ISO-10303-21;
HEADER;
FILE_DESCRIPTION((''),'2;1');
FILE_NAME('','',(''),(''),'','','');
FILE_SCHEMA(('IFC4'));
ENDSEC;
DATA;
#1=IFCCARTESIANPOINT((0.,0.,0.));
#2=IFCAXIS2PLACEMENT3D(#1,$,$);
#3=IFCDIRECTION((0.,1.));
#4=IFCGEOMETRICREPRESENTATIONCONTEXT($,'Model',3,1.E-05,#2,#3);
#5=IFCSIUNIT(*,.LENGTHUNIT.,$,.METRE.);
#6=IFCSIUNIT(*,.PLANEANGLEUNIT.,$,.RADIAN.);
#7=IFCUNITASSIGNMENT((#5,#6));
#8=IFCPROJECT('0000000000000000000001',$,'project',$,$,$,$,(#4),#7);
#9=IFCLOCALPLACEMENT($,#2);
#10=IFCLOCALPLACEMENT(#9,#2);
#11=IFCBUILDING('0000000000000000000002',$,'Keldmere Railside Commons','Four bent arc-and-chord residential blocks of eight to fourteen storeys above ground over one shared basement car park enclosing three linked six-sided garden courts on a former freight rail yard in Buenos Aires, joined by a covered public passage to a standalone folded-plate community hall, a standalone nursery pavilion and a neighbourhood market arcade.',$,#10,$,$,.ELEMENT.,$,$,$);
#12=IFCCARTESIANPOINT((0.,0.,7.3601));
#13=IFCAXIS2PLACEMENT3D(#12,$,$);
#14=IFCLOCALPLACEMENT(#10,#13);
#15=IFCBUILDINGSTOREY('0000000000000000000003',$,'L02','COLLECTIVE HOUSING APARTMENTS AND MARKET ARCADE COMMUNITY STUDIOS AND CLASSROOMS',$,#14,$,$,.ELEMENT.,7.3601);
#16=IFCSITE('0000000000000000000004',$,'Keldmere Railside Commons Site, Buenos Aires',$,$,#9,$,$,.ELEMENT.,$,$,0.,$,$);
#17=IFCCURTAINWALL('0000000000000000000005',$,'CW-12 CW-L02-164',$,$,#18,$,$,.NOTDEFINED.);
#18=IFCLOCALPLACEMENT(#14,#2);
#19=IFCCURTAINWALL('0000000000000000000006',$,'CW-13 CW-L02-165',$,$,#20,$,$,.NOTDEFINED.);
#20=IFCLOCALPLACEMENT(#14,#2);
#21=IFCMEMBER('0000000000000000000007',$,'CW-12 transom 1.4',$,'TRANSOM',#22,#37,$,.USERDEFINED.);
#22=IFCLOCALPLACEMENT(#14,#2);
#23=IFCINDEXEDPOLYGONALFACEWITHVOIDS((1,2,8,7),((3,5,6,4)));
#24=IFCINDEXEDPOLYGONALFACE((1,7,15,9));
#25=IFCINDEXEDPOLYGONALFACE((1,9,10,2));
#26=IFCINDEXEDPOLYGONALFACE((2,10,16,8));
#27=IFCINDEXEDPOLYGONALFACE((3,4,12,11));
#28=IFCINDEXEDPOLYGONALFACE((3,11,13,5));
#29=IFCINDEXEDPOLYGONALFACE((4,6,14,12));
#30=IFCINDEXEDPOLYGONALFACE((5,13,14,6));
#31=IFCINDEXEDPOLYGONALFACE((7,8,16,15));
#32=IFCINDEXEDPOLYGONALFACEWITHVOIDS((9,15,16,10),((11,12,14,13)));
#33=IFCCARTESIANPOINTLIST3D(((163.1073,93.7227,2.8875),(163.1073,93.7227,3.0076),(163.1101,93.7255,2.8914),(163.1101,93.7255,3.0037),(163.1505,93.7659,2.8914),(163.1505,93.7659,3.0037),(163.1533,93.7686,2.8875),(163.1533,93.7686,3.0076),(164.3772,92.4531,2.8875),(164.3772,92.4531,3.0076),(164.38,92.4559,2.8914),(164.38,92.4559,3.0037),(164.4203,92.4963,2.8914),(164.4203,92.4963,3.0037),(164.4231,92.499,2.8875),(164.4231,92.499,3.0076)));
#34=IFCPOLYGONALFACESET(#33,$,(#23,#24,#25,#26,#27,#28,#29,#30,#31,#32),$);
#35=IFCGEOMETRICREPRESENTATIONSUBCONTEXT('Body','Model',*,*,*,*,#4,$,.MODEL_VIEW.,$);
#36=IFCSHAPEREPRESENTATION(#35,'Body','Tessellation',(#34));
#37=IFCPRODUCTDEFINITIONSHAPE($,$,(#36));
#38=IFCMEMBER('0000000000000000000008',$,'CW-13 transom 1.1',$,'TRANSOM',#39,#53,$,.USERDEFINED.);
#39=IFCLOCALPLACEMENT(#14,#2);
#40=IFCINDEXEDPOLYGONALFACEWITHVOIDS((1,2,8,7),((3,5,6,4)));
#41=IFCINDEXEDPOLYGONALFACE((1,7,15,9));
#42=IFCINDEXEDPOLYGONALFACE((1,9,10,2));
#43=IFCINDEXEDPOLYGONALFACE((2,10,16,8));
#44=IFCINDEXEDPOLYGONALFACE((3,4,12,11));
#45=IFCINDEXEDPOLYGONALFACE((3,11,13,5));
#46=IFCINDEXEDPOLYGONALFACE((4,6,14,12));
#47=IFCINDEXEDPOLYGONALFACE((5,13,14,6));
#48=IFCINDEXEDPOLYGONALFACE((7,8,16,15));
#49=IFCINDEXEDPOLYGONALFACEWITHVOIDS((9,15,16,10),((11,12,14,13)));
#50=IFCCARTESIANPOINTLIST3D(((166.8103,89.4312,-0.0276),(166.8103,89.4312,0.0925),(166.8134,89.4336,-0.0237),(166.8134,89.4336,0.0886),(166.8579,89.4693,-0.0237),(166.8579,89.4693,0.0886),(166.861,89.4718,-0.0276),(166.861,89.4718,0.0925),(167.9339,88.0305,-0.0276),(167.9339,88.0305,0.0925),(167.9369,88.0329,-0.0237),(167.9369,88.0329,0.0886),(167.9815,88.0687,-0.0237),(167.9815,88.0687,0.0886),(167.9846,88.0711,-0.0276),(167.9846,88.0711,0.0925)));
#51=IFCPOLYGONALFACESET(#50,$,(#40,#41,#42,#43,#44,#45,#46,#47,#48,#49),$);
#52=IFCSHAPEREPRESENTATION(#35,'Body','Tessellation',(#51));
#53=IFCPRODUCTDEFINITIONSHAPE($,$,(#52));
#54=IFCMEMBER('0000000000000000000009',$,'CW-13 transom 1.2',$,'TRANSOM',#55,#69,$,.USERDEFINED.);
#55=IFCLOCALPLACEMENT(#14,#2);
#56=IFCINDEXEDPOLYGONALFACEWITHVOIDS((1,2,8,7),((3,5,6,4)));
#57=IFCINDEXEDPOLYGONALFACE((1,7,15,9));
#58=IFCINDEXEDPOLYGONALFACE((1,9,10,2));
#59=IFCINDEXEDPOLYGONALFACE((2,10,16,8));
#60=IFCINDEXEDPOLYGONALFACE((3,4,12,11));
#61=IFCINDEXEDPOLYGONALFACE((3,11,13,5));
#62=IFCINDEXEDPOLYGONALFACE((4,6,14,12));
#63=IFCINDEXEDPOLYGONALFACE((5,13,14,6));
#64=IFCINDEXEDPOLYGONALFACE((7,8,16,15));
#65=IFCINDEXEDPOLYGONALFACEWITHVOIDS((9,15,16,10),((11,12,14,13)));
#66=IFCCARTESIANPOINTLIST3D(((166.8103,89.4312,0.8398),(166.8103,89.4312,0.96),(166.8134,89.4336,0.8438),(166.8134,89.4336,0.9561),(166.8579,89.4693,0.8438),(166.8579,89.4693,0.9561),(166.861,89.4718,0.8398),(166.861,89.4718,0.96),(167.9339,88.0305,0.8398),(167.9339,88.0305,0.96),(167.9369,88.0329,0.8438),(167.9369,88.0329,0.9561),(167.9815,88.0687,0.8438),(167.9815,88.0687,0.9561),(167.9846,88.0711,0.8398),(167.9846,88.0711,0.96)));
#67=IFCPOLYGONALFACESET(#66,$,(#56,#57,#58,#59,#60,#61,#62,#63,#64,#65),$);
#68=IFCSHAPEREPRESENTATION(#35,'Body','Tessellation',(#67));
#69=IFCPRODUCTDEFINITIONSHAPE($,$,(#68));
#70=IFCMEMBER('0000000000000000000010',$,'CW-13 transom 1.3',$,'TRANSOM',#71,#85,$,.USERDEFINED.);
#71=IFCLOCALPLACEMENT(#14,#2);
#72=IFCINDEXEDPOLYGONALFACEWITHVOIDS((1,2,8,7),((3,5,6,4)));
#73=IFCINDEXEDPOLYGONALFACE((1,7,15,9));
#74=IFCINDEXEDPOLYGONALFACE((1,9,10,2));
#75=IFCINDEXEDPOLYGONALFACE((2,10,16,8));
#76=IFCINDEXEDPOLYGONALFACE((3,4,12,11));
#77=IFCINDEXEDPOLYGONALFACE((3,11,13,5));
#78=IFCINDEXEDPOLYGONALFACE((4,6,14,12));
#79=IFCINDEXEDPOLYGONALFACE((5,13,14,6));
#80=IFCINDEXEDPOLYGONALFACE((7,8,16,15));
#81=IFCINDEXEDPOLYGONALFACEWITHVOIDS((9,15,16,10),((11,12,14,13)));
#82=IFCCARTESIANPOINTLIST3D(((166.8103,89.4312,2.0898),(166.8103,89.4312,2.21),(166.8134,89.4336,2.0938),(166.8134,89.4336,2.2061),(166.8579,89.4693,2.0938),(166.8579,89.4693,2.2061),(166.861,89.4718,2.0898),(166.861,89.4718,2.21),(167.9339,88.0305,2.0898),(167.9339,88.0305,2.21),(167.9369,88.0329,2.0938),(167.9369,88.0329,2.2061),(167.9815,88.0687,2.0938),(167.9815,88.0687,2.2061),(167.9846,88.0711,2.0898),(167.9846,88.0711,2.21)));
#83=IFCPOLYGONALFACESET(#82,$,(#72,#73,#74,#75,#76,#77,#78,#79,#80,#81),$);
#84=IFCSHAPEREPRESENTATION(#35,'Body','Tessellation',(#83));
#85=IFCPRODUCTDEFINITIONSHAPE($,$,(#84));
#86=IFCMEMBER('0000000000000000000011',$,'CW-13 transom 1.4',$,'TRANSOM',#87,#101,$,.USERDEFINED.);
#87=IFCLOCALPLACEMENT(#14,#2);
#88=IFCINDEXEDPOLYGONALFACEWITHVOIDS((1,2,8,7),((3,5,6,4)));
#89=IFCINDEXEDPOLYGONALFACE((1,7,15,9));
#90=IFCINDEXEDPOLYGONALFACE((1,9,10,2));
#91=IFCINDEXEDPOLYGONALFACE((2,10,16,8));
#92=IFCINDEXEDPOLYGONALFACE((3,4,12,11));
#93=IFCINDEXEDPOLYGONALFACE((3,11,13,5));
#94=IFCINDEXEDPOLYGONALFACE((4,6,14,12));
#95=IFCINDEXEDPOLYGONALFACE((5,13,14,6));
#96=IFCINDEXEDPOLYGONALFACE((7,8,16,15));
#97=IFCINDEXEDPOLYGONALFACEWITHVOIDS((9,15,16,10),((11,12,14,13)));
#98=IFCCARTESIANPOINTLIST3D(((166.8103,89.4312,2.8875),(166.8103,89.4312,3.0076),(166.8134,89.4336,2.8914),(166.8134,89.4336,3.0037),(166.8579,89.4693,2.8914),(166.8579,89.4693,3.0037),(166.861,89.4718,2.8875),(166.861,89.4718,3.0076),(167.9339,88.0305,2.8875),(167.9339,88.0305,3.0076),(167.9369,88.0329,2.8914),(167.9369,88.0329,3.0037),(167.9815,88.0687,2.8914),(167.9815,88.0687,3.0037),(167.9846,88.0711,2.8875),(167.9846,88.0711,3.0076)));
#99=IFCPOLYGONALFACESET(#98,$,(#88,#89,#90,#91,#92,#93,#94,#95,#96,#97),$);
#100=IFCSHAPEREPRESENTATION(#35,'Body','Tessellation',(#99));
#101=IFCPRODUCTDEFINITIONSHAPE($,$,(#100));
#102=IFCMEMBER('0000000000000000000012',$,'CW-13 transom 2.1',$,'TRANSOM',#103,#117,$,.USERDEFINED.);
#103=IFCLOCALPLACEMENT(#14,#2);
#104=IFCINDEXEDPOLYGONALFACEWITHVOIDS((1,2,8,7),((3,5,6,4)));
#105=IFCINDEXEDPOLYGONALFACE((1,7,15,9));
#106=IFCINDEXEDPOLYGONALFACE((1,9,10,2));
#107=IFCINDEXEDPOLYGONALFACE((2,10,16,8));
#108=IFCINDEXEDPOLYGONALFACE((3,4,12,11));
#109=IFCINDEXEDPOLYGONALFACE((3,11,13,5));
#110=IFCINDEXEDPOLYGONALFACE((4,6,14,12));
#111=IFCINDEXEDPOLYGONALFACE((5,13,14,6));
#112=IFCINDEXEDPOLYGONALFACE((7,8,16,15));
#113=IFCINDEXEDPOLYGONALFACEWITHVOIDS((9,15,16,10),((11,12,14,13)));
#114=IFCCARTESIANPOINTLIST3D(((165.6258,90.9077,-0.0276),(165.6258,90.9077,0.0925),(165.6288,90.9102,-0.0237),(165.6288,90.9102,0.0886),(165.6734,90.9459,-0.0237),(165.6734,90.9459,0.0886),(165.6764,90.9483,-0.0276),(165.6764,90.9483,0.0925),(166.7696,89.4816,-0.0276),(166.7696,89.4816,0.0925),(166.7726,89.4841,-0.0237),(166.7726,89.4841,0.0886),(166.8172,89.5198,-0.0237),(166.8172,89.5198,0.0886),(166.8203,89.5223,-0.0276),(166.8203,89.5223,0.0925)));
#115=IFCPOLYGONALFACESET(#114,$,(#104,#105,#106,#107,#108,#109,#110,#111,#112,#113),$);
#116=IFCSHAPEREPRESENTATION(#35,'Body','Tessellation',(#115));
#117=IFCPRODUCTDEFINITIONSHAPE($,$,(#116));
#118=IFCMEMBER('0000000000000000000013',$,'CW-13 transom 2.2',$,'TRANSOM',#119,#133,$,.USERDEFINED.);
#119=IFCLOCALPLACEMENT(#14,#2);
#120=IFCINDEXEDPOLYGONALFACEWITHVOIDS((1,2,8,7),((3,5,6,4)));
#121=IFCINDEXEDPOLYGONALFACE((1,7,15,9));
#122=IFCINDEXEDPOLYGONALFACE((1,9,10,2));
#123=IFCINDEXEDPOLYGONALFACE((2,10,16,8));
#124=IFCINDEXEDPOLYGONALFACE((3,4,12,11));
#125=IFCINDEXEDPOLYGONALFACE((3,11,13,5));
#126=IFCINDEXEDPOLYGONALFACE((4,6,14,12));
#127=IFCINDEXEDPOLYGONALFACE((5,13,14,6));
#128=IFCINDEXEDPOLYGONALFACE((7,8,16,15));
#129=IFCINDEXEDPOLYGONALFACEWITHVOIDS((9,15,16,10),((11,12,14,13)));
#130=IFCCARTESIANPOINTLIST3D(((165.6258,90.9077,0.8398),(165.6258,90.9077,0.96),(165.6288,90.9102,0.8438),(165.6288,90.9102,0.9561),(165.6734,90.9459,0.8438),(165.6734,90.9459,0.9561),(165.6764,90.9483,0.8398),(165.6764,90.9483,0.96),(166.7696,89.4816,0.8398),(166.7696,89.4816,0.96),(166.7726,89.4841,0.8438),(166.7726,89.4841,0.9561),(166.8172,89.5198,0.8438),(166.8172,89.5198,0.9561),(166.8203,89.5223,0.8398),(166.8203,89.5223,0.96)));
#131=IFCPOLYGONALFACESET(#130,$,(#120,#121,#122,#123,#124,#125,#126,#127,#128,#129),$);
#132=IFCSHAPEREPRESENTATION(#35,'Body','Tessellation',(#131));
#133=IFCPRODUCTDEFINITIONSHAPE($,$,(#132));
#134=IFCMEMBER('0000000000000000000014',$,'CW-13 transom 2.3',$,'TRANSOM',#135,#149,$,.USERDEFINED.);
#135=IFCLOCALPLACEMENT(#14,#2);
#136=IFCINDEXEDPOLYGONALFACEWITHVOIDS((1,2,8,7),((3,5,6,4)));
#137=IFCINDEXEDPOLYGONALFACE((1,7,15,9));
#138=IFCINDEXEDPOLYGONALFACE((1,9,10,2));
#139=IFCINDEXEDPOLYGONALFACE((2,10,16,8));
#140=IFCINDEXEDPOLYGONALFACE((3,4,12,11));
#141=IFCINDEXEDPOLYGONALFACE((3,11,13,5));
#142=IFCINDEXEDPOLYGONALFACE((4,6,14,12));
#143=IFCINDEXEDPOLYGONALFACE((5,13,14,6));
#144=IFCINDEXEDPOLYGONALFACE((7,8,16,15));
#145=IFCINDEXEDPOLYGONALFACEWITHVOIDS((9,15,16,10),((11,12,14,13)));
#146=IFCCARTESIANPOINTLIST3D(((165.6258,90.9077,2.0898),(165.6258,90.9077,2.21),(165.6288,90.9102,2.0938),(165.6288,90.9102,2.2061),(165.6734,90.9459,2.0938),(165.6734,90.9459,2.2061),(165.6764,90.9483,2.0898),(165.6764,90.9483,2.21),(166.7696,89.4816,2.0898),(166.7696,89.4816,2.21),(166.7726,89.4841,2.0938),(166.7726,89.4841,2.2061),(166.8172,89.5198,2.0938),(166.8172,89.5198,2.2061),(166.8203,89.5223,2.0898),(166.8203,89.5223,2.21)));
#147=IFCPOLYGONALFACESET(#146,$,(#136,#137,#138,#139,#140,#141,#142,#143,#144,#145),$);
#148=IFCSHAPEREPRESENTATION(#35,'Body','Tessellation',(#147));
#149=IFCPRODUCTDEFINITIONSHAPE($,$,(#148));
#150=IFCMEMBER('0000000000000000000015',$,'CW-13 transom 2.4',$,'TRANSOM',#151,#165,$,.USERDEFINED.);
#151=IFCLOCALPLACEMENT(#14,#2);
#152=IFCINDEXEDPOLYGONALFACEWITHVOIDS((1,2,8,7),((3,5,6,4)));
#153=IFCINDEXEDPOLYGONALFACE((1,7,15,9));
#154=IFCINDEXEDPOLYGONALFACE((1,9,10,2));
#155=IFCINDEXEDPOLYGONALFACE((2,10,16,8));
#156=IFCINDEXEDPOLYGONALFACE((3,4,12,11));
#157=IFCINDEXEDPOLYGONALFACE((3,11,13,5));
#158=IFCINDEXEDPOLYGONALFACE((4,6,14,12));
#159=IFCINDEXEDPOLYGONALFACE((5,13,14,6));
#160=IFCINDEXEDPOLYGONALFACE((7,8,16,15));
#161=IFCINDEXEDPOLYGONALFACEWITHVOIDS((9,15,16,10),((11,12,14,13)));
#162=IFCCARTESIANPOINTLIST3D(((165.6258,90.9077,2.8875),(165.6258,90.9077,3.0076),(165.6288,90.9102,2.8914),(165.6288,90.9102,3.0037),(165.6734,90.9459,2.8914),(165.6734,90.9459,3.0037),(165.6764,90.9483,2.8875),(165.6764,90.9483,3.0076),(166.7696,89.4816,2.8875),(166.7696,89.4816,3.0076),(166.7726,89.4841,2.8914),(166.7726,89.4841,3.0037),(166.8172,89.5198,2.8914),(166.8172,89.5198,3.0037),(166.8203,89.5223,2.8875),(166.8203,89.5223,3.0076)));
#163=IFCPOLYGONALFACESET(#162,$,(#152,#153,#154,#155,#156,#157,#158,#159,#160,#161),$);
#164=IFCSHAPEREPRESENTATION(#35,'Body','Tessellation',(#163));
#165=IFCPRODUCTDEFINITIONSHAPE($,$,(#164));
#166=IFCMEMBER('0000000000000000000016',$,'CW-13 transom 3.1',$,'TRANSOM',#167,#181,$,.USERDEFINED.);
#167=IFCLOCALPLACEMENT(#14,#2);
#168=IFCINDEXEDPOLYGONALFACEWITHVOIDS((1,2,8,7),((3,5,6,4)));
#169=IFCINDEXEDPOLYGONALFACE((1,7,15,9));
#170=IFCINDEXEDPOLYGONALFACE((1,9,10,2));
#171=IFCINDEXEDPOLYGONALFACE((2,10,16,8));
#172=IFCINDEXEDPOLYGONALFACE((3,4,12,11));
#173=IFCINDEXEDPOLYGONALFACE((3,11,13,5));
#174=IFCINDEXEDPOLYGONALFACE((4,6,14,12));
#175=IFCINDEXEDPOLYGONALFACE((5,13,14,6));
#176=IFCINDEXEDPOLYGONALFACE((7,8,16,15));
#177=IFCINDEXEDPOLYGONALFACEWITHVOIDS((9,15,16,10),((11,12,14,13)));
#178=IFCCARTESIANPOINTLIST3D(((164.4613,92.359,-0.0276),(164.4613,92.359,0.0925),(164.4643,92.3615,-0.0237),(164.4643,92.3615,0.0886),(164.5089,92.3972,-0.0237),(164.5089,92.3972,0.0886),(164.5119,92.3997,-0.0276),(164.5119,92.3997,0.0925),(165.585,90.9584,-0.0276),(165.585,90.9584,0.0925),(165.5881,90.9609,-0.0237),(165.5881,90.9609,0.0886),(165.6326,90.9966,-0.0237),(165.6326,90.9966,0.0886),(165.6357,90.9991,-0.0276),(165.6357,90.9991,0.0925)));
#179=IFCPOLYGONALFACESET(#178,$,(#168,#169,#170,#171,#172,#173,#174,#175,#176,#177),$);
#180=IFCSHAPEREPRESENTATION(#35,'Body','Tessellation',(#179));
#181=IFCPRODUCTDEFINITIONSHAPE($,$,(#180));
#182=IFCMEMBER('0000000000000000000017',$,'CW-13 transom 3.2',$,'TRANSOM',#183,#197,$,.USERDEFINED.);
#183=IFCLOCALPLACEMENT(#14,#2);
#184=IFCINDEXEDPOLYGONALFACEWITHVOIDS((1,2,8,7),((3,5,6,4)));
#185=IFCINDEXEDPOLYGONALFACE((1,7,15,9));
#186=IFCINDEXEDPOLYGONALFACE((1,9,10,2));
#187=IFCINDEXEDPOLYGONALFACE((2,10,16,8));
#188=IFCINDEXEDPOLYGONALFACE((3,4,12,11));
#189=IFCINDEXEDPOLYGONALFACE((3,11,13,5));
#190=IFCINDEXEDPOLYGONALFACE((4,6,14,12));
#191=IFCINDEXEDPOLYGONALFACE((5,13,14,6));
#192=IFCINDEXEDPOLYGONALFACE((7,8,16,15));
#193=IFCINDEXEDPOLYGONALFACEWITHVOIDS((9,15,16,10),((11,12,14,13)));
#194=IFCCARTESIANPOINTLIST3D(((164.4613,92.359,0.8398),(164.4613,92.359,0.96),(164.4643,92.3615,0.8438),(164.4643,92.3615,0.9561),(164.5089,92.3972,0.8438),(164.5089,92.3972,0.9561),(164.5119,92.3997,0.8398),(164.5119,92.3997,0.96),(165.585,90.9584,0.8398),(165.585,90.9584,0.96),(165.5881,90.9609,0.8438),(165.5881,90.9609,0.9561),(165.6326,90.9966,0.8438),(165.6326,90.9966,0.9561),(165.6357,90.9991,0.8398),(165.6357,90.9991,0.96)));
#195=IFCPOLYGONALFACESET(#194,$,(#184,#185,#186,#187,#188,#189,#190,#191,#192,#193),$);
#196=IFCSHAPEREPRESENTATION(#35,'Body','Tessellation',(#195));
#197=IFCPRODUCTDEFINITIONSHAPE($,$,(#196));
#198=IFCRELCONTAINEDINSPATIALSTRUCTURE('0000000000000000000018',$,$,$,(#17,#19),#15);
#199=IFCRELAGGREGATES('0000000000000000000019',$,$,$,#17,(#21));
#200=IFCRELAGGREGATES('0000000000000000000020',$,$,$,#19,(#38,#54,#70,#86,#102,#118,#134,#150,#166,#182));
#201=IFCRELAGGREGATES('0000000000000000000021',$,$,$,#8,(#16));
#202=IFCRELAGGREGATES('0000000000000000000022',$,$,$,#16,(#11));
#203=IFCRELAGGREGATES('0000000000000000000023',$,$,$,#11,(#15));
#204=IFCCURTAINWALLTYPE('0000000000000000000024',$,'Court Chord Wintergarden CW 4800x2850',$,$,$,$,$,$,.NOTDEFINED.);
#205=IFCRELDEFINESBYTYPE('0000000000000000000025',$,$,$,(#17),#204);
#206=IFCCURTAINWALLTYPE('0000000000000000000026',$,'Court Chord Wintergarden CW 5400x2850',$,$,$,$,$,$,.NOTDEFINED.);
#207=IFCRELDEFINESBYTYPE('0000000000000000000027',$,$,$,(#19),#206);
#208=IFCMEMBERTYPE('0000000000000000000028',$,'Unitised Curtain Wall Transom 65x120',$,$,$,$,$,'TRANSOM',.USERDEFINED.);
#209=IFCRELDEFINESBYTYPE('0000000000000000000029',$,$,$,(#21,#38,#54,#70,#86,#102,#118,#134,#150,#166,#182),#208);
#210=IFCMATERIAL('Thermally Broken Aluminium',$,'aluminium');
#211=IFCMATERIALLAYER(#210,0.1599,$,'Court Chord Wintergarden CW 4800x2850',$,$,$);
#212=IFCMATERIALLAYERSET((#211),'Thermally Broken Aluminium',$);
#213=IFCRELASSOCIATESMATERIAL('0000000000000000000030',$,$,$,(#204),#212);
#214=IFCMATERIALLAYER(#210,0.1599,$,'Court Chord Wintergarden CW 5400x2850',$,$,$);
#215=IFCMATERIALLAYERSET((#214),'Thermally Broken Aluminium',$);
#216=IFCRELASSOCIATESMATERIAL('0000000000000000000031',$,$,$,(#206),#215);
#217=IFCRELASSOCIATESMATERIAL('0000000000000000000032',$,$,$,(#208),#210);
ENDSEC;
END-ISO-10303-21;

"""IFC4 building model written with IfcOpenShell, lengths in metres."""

from ifc_helpers import new_model, si_unit, direction, frame, origin, origin_2d, place, context, subcontext, project, spatial, hollow_rectangle, extrude, material, layer, layer_set, material_profile, profile_set, type_object, element, aggregate, save


model = new_model("IFC4")

# Units and contexts
model_context = context("Model", 3, precision=1e-05, world=origin(), true_north=direction((0.0, 1.0)))
body_context = subcontext(model_context, "Body", "Model", "MODEL_VIEW")
ifc_project = project(units=[si_unit("LENGTHUNIT", "METRE"), si_unit("PLANEANGLEUNIT", "RADIAN")], contexts=[model_context])

# Site, building, storey
site_placement = place(None, origin())
site = spatial("IfcSite", under=ifc_project, at=site_placement, Name="Keldmere Railside Commons Site, Buenos Aires", CompositionType="ELEMENT", RefElevation=0.0)
building_placement = place(site_placement, origin())
building = spatial("IfcBuilding", under=site, at=building_placement, Name="Keldmere Railside Commons", Description="Four bent arc-and-chord residential blocks of eight to fourteen storeys above ground over one shared basement car park enclosing three linked six-sided garden courts on a former freight rail yard in Buenos Aires, joined by a covered public passage to a standalone folded-plate community hall, a standalone nursery pavilion and a neighbourhood market arcade.", CompositionType="ELEMENT")
storey_placement = place(building_placement, frame((0.0, 0.0, 7.3601)))
storey = spatial("IfcBuildingStorey", under=building, at=storey_placement, Name="L02", Description="COLLECTIVE HOUSING APARTMENTS AND MARKET ARCADE COMMUNITY STUDIOS AND CLASSROOMS", CompositionType="ELEMENT", Elevation=7.3601)

# Curtain wall
ifc_material_1 = material(Name="Thermally Broken Aluminium", Category="aluminium")
ifc_layer_1 = layer(ifc_material_1, 0.1599, Name="Court Chord Wintergarden CW 4800x2850")
ifc_layer_set_1 = layer_set([ifc_layer_1], Name="Thermally Broken Aluminium")
curtain_wall_type_1 = type_object("IfcCurtainWallType", Name="Court Chord Wintergarden CW 4800x2850", PredefinedType="NOTDEFINED", material=ifc_layer_set_1)
curtain_wall_1_placement = place(storey_placement, origin())
curtain_wall_1 = element("IfcCurtainWall", 1, at=curtain_wall_1_placement, inside=storey, type_object=curtain_wall_type_1, Name="CW-12 CW-L02-164", PredefinedType="NOTDEFINED")

# Curtain wall
ifc_layer_2 = layer(ifc_material_1, 0.1599, Name="Court Chord Wintergarden CW 5400x2850")
ifc_layer_set_2 = layer_set([ifc_layer_2], Name="Thermally Broken Aluminium")
curtain_wall_type_2 = type_object("IfcCurtainWallType", Name="Court Chord Wintergarden CW 5400x2850", PredefinedType="NOTDEFINED", material=ifc_layer_set_2)
curtain_wall_2_placement = place(storey_placement, origin())
curtain_wall_2 = element("IfcCurtainWall", 2, at=curtain_wall_2_placement, inside=storey, type_object=curtain_wall_type_2, Name="CW-13 CW-L02-165", PredefinedType="NOTDEFINED")

# Members
ifc_material_profile_1 = material_profile(ifc_material_1, hollow_rectangle(XDim=0.0649, YDim=0.1201, WallThickness=0.0039, at=origin_2d()), Name="ALU-TRAN-65x120")
ifc_profile_set_1 = profile_set([ifc_material_profile_1], Name="Thermally Broken Aluminium")
member_type_1 = type_object("IfcMemberType", Name="Unitised Curtain Wall Transom 65x120", ElementType="TRANSOM", PredefinedType="USERDEFINED", material=ifc_profile_set_1)
member_1_placement = place(storey_placement, frame((164.4001, 92.4761, 2.9475), z_axis=(-0.707175, 0.707039, 0.0), x_axis=(-0.707039, -0.707175, 0.0)))
member_1 = element("IfcMember", 3, at=member_1_placement, type_object=member_type_1, Name="CW-12 transom 1.4", ObjectType="TRANSOM", PredefinedType="USERDEFINED", context=body_context, shape_type="SweptSolid", body=[
    extrude(hollow_rectangle(XDim=0.0649, YDim=0.1201, WallThickness=0.0039, at=origin_2d()), origin(), (0.0, 0.0, 1.0), 1.7957),
])
aggregate(curtain_wall_1, [member_1])
member_2_placement = place(storey_placement, frame((167.9592, 88.0508, 0.0325), z_axis=(-0.625723, 0.780046, 0.0), x_axis=(-0.780046, -0.625723, 0.0)))
member_2 = element("IfcMember", 4, at=member_2_placement, type_object=member_type_1, Name="CW-13 transom 1.1", ObjectType="TRANSOM", PredefinedType="USERDEFINED", context=body_context, shape_type="SweptSolid", body=[
    extrude(hollow_rectangle(XDim=0.0649, YDim=0.1201, WallThickness=0.0039, at=origin_2d()), origin(), (0.0, 0.0, 1.0), 1.7957),
])
member_3_placement = place(storey_placement, frame((167.9592, 88.0508, 0.8999), z_axis=(-0.625723, 0.780046, 0.0), x_axis=(-0.780046, -0.625723, 0.0)))
member_3 = element("IfcMember", 5, at=member_3_placement, type_object=member_type_1, Name="CW-13 transom 1.2", ObjectType="TRANSOM", PredefinedType="USERDEFINED", context=body_context, shape_type="SweptSolid", body=[
    extrude(hollow_rectangle(XDim=0.0649, YDim=0.1201, WallThickness=0.0039, at=origin_2d()), origin(), (0.0, 0.0, 1.0), 1.7957),
])
member_4_placement = place(storey_placement, frame((167.9592, 88.0508, 2.1499), z_axis=(-0.625723, 0.780046, 0.0), x_axis=(-0.780046, -0.625723, 0.0)))
member_4 = element("IfcMember", 6, at=member_4_placement, type_object=member_type_1, Name="CW-13 transom 1.3", ObjectType="TRANSOM", PredefinedType="USERDEFINED", context=body_context, shape_type="SweptSolid", body=[
    extrude(hollow_rectangle(XDim=0.0649, YDim=0.1201, WallThickness=0.0039, at=origin_2d()), origin(), (0.0, 0.0, 1.0), 1.7957),
])
member_5_placement = place(storey_placement, frame((167.9592, 88.0508, 2.9475), z_axis=(-0.625723, 0.780046, 0.0), x_axis=(-0.780046, -0.625723, 0.0)))
member_5 = element("IfcMember", 7, at=member_5_placement, type_object=member_type_1, Name="CW-13 transom 1.4", ObjectType="TRANSOM", PredefinedType="USERDEFINED", context=body_context, shape_type="SweptSolid", body=[
    extrude(hollow_rectangle(XDim=0.0649, YDim=0.1201, WallThickness=0.0039, at=origin_2d()), origin(), (0.0, 0.0, 1.0), 1.7957),
])
member_6_placement = place(storey_placement, frame((166.7949, 89.502, 0.0325), z_axis=(-0.625688, 0.780073, 0.0), x_axis=(-0.780073, -0.625688, 0.0)))
member_6 = element("IfcMember", 8, at=member_6_placement, type_object=member_type_1, Name="CW-13 transom 2.1", ObjectType="TRANSOM", PredefinedType="USERDEFINED", context=body_context, shape_type="SweptSolid", body=[
    extrude(hollow_rectangle(XDim=0.0649, YDim=0.1201, WallThickness=0.0039, at=origin_2d()), origin(), (0.0, 0.0, 1.0), 1.8281),
])
member_7_placement = place(storey_placement, frame((166.7949, 89.502, 0.8999), z_axis=(-0.625688, 0.780073, 0.0), x_axis=(-0.780073, -0.625688, 0.0)))
member_7 = element("IfcMember", 9, at=member_7_placement, type_object=member_type_1, Name="CW-13 transom 2.2", ObjectType="TRANSOM", PredefinedType="USERDEFINED", context=body_context, shape_type="SweptSolid", body=[
    extrude(hollow_rectangle(XDim=0.0649, YDim=0.1201, WallThickness=0.0039, at=origin_2d()), origin(), (0.0, 0.0, 1.0), 1.8281),
])
member_8_placement = place(storey_placement, frame((166.7949, 89.502, 2.1499), z_axis=(-0.625688, 0.780073, 0.0), x_axis=(-0.780073, -0.625688, 0.0)))
member_8 = element("IfcMember", 10, at=member_8_placement, type_object=member_type_1, Name="CW-13 transom 2.3", ObjectType="TRANSOM", PredefinedType="USERDEFINED", context=body_context, shape_type="SweptSolid", body=[
    extrude(hollow_rectangle(XDim=0.0649, YDim=0.1201, WallThickness=0.0039, at=origin_2d()), origin(), (0.0, 0.0, 1.0), 1.8281),
])
member_9_placement = place(storey_placement, frame((166.7949, 89.502, 2.9475), z_axis=(-0.625688, 0.780073, 0.0), x_axis=(-0.780073, -0.625688, 0.0)))
member_9 = element("IfcMember", 11, at=member_9_placement, type_object=member_type_1, Name="CW-13 transom 2.4", ObjectType="TRANSOM", PredefinedType="USERDEFINED", context=body_context, shape_type="SweptSolid", body=[
    extrude(hollow_rectangle(XDim=0.0649, YDim=0.1201, WallThickness=0.0039, at=origin_2d()), origin(), (0.0, 0.0, 1.0), 1.8281),
])
member_10_placement = place(storey_placement, frame((165.6104, 90.9788, 0.0325), z_axis=(-0.625805, 0.779979, 0.0), x_axis=(-0.779979, -0.625805, 0.0)))
member_10 = element("IfcMember", 12, at=member_10_placement, type_object=member_type_1, Name="CW-13 transom 3.1", ObjectType="TRANSOM", PredefinedType="USERDEFINED", context=body_context, shape_type="SweptSolid", body=[
    extrude(hollow_rectangle(XDim=0.0649, YDim=0.1201, WallThickness=0.0039, at=origin_2d()), origin(), (0.0, 0.0, 1.0), 1.7957),
])
member_11_placement = place(storey_placement, frame((165.6104, 90.9788, 0.8999), z_axis=(-0.625805, 0.779979, 0.0), x_axis=(-0.779979, -0.625805, 0.0)))
member_11 = element("IfcMember", 13, at=member_11_placement, type_object=member_type_1, Name="CW-13 transom 3.2", ObjectType="TRANSOM", PredefinedType="USERDEFINED", context=body_context, shape_type="SweptSolid", body=[
    extrude(hollow_rectangle(XDim=0.0649, YDim=0.1201, WallThickness=0.0039, at=origin_2d()), origin(), (0.0, 0.0, 1.0), 1.7957),
])

aggregate(curtain_wall_2, [member_2, member_3, member_4, member_5, member_6, member_7, member_8, member_9, member_10, member_11])

save(model, "model.ifc")
